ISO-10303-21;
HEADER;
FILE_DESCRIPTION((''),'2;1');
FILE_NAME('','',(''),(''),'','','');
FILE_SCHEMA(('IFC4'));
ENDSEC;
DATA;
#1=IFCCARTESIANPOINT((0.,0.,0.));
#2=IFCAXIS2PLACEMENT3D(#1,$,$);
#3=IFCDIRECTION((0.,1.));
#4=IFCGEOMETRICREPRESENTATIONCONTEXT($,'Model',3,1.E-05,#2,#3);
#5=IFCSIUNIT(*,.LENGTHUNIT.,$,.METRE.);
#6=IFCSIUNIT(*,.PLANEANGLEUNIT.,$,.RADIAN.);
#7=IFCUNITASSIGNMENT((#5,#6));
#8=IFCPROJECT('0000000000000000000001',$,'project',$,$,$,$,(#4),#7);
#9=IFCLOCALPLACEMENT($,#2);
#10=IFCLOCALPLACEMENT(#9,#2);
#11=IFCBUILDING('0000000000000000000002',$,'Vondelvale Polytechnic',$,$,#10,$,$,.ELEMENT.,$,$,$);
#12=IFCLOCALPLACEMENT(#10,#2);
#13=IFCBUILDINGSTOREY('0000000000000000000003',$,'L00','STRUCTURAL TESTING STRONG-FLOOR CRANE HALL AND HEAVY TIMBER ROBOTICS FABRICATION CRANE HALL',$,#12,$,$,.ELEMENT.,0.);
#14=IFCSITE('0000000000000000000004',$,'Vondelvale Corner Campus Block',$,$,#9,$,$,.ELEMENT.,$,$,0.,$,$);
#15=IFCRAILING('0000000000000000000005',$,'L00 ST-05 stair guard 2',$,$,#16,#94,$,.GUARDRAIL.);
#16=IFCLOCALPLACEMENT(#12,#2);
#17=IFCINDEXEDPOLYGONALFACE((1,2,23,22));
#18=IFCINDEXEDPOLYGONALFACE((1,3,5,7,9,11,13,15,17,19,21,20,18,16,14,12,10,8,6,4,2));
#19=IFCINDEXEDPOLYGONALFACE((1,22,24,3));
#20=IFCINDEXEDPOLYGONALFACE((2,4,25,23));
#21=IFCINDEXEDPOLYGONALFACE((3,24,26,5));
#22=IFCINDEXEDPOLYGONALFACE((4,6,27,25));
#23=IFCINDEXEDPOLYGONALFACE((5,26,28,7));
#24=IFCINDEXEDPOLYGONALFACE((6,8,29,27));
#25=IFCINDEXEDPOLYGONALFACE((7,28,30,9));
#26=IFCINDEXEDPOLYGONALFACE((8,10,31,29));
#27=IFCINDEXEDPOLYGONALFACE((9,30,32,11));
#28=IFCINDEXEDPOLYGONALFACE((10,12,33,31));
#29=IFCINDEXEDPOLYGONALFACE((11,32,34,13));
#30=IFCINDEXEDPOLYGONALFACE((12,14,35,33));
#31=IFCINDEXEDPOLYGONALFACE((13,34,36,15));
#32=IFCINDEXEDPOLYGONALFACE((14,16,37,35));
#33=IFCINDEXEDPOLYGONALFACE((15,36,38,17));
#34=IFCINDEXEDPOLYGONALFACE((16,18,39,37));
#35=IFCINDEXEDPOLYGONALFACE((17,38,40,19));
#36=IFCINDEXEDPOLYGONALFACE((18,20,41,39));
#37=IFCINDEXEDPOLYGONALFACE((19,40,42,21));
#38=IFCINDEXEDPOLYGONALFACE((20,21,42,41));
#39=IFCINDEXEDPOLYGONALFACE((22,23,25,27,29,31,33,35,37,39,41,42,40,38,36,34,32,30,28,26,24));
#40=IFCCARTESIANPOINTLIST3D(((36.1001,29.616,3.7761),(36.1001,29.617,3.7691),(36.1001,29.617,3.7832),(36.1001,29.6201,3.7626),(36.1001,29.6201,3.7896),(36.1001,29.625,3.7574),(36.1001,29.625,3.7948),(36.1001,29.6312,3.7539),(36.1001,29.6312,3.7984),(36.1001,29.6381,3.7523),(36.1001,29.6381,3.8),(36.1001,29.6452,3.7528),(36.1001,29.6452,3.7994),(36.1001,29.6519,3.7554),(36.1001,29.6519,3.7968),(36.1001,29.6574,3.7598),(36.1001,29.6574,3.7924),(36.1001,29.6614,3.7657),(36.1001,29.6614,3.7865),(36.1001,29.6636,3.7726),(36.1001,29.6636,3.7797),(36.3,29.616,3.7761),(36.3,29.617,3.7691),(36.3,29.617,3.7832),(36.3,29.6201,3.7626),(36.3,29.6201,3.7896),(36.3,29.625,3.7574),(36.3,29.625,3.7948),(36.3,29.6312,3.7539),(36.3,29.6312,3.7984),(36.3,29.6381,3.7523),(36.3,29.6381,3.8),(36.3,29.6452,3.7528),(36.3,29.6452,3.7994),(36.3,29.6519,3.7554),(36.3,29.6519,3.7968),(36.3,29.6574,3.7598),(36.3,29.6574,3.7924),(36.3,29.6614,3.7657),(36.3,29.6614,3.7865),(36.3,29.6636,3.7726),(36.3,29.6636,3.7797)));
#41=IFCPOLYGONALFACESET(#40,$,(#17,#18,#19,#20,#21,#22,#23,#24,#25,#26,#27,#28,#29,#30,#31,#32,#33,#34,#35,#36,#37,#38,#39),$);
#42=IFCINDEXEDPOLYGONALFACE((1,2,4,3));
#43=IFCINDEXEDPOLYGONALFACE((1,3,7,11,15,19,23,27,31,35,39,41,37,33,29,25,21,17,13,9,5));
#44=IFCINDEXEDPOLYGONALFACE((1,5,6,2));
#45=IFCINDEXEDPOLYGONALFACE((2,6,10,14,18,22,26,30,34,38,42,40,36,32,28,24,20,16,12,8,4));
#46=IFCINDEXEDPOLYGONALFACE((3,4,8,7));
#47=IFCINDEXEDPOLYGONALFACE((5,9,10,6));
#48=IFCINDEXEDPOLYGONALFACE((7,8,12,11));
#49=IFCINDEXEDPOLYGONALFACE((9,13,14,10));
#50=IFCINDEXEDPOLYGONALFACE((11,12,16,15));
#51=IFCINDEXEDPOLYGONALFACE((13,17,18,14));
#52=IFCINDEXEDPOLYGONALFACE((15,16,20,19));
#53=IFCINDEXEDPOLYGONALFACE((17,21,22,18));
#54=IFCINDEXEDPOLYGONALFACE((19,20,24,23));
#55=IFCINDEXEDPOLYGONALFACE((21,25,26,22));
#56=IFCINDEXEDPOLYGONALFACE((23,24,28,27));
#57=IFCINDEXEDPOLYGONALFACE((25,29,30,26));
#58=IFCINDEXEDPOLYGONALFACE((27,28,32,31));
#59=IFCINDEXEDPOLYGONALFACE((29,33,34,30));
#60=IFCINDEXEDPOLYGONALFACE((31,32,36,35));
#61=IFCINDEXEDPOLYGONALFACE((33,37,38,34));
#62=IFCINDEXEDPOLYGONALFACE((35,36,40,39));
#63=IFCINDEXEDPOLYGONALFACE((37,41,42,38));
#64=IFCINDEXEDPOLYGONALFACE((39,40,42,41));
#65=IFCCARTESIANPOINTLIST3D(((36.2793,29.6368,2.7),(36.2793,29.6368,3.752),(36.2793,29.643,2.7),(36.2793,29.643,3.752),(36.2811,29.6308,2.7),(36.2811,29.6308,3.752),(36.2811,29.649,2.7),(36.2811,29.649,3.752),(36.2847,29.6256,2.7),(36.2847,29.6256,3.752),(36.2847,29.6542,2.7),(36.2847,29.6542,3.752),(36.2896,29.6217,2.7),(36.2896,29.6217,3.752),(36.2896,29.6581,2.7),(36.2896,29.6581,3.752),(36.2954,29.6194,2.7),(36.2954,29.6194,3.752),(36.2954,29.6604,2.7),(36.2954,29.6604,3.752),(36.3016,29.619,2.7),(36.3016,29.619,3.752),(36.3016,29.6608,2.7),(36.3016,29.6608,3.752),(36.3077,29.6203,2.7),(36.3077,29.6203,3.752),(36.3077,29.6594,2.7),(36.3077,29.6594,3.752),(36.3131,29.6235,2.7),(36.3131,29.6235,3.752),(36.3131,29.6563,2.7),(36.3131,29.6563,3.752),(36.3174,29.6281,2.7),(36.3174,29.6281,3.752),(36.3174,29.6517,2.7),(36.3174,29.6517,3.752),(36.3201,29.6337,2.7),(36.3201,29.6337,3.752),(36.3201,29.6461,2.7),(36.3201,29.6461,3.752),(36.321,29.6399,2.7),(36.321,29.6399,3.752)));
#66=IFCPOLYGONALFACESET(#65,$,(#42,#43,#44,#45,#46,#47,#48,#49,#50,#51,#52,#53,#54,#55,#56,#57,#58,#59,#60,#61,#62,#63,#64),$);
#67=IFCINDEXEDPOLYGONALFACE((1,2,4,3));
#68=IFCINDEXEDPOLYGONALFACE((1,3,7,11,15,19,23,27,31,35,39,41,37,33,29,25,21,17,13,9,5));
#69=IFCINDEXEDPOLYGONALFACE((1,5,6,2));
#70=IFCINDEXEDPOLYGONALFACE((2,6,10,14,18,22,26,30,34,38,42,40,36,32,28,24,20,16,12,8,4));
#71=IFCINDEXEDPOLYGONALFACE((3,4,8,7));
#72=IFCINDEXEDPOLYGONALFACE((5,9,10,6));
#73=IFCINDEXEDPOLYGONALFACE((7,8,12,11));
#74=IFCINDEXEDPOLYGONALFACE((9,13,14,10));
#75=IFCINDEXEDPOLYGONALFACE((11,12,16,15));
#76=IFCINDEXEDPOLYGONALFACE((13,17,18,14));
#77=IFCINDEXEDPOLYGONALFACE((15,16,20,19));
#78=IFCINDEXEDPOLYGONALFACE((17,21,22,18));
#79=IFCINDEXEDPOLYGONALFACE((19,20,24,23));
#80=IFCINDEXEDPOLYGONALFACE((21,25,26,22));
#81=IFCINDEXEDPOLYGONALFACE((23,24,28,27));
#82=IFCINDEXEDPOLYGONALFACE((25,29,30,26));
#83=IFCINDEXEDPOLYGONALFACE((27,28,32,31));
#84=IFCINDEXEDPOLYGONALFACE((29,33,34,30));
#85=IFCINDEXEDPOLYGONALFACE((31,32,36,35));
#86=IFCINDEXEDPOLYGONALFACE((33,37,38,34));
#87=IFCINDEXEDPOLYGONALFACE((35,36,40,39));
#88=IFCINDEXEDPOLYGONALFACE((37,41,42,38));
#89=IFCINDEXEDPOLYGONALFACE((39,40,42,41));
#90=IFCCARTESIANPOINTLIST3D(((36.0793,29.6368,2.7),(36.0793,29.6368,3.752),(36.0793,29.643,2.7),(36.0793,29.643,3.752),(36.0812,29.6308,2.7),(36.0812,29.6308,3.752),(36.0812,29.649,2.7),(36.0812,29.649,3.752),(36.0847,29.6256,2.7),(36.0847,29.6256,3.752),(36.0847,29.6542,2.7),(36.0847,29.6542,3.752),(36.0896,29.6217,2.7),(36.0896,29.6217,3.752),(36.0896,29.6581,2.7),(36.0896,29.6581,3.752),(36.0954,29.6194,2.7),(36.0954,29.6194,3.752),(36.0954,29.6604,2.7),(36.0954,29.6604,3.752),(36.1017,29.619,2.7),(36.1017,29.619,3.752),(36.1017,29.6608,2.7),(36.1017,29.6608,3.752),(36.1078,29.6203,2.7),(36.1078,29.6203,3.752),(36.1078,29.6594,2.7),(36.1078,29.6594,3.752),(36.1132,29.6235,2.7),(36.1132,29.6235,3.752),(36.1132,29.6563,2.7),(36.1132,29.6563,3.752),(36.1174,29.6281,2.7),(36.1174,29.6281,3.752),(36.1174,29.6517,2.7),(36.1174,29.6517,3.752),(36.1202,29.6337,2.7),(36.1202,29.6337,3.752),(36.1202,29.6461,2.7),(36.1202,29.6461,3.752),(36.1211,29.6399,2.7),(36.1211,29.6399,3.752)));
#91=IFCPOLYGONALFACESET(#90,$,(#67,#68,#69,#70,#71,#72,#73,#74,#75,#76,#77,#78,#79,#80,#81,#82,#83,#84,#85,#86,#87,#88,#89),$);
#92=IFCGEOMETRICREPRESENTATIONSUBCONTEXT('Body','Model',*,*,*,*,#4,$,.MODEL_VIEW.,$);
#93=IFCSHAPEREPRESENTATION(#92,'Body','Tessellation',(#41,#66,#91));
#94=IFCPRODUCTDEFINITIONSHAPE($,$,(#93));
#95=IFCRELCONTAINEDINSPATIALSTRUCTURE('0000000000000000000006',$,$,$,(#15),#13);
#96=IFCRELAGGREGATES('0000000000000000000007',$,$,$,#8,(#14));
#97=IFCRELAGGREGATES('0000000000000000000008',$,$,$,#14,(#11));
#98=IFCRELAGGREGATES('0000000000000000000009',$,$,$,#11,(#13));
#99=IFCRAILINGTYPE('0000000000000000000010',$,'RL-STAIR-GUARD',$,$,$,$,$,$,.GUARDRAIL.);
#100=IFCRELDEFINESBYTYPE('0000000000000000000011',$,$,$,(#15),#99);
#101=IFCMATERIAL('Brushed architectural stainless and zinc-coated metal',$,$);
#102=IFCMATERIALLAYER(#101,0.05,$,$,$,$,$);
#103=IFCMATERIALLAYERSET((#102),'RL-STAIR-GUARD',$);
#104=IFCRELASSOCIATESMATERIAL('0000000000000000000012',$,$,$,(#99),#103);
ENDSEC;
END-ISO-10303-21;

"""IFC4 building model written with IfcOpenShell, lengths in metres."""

from ifc_helpers import new_model, si_unit, direction, frame, origin, origin_2d, place, context, subcontext, project, spatial, circle, extrude, material, layer, layer_set, type_object, element, save


model = new_model("IFC4")

# Units and contexts
model_context = context("Model", 3, precision=1e-05, world=origin(), true_north=direction((0.0, 1.0)))
body_context = subcontext(model_context, "Body", "Model", "MODEL_VIEW")
ifc_project = project(units=[si_unit("LENGTHUNIT", "METRE"), si_unit("PLANEANGLEUNIT", "RADIAN")], contexts=[model_context])

# Site, building, storey
site_placement = place(None, origin())
site = spatial("IfcSite", under=ifc_project, at=site_placement, Name="Vondelvale Corner Campus Block", CompositionType="ELEMENT", RefElevation=0.0)
building_placement = place(site_placement, origin())
building = spatial("IfcBuilding", under=site, at=building_placement, Name="Vondelvale Polytechnic", CompositionType="ELEMENT")
storey_placement = place(building_placement, origin())
storey = spatial("IfcBuildingStorey", under=building, at=storey_placement, Name="L00", Description="STRUCTURAL TESTING STRONG-FLOOR CRANE HALL AND HEAVY TIMBER ROBOTICS FABRICATION CRANE HALL", CompositionType="ELEMENT", Elevation=0.0)

# Shared definitions
ifc_material_1 = material(Name="Brushed architectural stainless and zinc-coated metal")

# Railing
ifc_layer_1 = layer(ifc_material_1, 0.05)
ifc_layer_set_1 = layer_set([ifc_layer_1], Name="RL-STAIR-GUARD")
railing_type_1 = type_object("IfcRailingType", Name="RL-STAIR-GUARD", PredefinedType="GUARDRAIL", material=ifc_layer_set_1)
railing_1_placement = place(storey_placement, frame((36.3, 29.6399, 2.7)))
element("IfcRailing", 1, at=railing_1_placement, inside=storey, type_object=railing_type_1, Name="L00 ST-05 stair guard 2", PredefinedType="GUARDRAIL", context=body_context, shape_type="SweptSolid", body=[
    extrude(circle(Radius=0.0239, at=origin_2d()), frame((0.0, 0.0, 1.0762), z_axis=(-1.0, 0.0, 0.0), x_axis=(0.0, -1.0, 0.0)), (0.0, 0.0, 1.0), 0.2),
    extrude(circle(Radius=0.021, at=origin_2d()), origin(), (0.0, 0.0, 1.0), 1.052),
    extrude(circle(Radius=0.021, at=origin_2d()), frame((-0.2, 0.0, 0.0)), (0.0, 0.0, 1.0), 1.052),
])

save(model, "model.ifc")
